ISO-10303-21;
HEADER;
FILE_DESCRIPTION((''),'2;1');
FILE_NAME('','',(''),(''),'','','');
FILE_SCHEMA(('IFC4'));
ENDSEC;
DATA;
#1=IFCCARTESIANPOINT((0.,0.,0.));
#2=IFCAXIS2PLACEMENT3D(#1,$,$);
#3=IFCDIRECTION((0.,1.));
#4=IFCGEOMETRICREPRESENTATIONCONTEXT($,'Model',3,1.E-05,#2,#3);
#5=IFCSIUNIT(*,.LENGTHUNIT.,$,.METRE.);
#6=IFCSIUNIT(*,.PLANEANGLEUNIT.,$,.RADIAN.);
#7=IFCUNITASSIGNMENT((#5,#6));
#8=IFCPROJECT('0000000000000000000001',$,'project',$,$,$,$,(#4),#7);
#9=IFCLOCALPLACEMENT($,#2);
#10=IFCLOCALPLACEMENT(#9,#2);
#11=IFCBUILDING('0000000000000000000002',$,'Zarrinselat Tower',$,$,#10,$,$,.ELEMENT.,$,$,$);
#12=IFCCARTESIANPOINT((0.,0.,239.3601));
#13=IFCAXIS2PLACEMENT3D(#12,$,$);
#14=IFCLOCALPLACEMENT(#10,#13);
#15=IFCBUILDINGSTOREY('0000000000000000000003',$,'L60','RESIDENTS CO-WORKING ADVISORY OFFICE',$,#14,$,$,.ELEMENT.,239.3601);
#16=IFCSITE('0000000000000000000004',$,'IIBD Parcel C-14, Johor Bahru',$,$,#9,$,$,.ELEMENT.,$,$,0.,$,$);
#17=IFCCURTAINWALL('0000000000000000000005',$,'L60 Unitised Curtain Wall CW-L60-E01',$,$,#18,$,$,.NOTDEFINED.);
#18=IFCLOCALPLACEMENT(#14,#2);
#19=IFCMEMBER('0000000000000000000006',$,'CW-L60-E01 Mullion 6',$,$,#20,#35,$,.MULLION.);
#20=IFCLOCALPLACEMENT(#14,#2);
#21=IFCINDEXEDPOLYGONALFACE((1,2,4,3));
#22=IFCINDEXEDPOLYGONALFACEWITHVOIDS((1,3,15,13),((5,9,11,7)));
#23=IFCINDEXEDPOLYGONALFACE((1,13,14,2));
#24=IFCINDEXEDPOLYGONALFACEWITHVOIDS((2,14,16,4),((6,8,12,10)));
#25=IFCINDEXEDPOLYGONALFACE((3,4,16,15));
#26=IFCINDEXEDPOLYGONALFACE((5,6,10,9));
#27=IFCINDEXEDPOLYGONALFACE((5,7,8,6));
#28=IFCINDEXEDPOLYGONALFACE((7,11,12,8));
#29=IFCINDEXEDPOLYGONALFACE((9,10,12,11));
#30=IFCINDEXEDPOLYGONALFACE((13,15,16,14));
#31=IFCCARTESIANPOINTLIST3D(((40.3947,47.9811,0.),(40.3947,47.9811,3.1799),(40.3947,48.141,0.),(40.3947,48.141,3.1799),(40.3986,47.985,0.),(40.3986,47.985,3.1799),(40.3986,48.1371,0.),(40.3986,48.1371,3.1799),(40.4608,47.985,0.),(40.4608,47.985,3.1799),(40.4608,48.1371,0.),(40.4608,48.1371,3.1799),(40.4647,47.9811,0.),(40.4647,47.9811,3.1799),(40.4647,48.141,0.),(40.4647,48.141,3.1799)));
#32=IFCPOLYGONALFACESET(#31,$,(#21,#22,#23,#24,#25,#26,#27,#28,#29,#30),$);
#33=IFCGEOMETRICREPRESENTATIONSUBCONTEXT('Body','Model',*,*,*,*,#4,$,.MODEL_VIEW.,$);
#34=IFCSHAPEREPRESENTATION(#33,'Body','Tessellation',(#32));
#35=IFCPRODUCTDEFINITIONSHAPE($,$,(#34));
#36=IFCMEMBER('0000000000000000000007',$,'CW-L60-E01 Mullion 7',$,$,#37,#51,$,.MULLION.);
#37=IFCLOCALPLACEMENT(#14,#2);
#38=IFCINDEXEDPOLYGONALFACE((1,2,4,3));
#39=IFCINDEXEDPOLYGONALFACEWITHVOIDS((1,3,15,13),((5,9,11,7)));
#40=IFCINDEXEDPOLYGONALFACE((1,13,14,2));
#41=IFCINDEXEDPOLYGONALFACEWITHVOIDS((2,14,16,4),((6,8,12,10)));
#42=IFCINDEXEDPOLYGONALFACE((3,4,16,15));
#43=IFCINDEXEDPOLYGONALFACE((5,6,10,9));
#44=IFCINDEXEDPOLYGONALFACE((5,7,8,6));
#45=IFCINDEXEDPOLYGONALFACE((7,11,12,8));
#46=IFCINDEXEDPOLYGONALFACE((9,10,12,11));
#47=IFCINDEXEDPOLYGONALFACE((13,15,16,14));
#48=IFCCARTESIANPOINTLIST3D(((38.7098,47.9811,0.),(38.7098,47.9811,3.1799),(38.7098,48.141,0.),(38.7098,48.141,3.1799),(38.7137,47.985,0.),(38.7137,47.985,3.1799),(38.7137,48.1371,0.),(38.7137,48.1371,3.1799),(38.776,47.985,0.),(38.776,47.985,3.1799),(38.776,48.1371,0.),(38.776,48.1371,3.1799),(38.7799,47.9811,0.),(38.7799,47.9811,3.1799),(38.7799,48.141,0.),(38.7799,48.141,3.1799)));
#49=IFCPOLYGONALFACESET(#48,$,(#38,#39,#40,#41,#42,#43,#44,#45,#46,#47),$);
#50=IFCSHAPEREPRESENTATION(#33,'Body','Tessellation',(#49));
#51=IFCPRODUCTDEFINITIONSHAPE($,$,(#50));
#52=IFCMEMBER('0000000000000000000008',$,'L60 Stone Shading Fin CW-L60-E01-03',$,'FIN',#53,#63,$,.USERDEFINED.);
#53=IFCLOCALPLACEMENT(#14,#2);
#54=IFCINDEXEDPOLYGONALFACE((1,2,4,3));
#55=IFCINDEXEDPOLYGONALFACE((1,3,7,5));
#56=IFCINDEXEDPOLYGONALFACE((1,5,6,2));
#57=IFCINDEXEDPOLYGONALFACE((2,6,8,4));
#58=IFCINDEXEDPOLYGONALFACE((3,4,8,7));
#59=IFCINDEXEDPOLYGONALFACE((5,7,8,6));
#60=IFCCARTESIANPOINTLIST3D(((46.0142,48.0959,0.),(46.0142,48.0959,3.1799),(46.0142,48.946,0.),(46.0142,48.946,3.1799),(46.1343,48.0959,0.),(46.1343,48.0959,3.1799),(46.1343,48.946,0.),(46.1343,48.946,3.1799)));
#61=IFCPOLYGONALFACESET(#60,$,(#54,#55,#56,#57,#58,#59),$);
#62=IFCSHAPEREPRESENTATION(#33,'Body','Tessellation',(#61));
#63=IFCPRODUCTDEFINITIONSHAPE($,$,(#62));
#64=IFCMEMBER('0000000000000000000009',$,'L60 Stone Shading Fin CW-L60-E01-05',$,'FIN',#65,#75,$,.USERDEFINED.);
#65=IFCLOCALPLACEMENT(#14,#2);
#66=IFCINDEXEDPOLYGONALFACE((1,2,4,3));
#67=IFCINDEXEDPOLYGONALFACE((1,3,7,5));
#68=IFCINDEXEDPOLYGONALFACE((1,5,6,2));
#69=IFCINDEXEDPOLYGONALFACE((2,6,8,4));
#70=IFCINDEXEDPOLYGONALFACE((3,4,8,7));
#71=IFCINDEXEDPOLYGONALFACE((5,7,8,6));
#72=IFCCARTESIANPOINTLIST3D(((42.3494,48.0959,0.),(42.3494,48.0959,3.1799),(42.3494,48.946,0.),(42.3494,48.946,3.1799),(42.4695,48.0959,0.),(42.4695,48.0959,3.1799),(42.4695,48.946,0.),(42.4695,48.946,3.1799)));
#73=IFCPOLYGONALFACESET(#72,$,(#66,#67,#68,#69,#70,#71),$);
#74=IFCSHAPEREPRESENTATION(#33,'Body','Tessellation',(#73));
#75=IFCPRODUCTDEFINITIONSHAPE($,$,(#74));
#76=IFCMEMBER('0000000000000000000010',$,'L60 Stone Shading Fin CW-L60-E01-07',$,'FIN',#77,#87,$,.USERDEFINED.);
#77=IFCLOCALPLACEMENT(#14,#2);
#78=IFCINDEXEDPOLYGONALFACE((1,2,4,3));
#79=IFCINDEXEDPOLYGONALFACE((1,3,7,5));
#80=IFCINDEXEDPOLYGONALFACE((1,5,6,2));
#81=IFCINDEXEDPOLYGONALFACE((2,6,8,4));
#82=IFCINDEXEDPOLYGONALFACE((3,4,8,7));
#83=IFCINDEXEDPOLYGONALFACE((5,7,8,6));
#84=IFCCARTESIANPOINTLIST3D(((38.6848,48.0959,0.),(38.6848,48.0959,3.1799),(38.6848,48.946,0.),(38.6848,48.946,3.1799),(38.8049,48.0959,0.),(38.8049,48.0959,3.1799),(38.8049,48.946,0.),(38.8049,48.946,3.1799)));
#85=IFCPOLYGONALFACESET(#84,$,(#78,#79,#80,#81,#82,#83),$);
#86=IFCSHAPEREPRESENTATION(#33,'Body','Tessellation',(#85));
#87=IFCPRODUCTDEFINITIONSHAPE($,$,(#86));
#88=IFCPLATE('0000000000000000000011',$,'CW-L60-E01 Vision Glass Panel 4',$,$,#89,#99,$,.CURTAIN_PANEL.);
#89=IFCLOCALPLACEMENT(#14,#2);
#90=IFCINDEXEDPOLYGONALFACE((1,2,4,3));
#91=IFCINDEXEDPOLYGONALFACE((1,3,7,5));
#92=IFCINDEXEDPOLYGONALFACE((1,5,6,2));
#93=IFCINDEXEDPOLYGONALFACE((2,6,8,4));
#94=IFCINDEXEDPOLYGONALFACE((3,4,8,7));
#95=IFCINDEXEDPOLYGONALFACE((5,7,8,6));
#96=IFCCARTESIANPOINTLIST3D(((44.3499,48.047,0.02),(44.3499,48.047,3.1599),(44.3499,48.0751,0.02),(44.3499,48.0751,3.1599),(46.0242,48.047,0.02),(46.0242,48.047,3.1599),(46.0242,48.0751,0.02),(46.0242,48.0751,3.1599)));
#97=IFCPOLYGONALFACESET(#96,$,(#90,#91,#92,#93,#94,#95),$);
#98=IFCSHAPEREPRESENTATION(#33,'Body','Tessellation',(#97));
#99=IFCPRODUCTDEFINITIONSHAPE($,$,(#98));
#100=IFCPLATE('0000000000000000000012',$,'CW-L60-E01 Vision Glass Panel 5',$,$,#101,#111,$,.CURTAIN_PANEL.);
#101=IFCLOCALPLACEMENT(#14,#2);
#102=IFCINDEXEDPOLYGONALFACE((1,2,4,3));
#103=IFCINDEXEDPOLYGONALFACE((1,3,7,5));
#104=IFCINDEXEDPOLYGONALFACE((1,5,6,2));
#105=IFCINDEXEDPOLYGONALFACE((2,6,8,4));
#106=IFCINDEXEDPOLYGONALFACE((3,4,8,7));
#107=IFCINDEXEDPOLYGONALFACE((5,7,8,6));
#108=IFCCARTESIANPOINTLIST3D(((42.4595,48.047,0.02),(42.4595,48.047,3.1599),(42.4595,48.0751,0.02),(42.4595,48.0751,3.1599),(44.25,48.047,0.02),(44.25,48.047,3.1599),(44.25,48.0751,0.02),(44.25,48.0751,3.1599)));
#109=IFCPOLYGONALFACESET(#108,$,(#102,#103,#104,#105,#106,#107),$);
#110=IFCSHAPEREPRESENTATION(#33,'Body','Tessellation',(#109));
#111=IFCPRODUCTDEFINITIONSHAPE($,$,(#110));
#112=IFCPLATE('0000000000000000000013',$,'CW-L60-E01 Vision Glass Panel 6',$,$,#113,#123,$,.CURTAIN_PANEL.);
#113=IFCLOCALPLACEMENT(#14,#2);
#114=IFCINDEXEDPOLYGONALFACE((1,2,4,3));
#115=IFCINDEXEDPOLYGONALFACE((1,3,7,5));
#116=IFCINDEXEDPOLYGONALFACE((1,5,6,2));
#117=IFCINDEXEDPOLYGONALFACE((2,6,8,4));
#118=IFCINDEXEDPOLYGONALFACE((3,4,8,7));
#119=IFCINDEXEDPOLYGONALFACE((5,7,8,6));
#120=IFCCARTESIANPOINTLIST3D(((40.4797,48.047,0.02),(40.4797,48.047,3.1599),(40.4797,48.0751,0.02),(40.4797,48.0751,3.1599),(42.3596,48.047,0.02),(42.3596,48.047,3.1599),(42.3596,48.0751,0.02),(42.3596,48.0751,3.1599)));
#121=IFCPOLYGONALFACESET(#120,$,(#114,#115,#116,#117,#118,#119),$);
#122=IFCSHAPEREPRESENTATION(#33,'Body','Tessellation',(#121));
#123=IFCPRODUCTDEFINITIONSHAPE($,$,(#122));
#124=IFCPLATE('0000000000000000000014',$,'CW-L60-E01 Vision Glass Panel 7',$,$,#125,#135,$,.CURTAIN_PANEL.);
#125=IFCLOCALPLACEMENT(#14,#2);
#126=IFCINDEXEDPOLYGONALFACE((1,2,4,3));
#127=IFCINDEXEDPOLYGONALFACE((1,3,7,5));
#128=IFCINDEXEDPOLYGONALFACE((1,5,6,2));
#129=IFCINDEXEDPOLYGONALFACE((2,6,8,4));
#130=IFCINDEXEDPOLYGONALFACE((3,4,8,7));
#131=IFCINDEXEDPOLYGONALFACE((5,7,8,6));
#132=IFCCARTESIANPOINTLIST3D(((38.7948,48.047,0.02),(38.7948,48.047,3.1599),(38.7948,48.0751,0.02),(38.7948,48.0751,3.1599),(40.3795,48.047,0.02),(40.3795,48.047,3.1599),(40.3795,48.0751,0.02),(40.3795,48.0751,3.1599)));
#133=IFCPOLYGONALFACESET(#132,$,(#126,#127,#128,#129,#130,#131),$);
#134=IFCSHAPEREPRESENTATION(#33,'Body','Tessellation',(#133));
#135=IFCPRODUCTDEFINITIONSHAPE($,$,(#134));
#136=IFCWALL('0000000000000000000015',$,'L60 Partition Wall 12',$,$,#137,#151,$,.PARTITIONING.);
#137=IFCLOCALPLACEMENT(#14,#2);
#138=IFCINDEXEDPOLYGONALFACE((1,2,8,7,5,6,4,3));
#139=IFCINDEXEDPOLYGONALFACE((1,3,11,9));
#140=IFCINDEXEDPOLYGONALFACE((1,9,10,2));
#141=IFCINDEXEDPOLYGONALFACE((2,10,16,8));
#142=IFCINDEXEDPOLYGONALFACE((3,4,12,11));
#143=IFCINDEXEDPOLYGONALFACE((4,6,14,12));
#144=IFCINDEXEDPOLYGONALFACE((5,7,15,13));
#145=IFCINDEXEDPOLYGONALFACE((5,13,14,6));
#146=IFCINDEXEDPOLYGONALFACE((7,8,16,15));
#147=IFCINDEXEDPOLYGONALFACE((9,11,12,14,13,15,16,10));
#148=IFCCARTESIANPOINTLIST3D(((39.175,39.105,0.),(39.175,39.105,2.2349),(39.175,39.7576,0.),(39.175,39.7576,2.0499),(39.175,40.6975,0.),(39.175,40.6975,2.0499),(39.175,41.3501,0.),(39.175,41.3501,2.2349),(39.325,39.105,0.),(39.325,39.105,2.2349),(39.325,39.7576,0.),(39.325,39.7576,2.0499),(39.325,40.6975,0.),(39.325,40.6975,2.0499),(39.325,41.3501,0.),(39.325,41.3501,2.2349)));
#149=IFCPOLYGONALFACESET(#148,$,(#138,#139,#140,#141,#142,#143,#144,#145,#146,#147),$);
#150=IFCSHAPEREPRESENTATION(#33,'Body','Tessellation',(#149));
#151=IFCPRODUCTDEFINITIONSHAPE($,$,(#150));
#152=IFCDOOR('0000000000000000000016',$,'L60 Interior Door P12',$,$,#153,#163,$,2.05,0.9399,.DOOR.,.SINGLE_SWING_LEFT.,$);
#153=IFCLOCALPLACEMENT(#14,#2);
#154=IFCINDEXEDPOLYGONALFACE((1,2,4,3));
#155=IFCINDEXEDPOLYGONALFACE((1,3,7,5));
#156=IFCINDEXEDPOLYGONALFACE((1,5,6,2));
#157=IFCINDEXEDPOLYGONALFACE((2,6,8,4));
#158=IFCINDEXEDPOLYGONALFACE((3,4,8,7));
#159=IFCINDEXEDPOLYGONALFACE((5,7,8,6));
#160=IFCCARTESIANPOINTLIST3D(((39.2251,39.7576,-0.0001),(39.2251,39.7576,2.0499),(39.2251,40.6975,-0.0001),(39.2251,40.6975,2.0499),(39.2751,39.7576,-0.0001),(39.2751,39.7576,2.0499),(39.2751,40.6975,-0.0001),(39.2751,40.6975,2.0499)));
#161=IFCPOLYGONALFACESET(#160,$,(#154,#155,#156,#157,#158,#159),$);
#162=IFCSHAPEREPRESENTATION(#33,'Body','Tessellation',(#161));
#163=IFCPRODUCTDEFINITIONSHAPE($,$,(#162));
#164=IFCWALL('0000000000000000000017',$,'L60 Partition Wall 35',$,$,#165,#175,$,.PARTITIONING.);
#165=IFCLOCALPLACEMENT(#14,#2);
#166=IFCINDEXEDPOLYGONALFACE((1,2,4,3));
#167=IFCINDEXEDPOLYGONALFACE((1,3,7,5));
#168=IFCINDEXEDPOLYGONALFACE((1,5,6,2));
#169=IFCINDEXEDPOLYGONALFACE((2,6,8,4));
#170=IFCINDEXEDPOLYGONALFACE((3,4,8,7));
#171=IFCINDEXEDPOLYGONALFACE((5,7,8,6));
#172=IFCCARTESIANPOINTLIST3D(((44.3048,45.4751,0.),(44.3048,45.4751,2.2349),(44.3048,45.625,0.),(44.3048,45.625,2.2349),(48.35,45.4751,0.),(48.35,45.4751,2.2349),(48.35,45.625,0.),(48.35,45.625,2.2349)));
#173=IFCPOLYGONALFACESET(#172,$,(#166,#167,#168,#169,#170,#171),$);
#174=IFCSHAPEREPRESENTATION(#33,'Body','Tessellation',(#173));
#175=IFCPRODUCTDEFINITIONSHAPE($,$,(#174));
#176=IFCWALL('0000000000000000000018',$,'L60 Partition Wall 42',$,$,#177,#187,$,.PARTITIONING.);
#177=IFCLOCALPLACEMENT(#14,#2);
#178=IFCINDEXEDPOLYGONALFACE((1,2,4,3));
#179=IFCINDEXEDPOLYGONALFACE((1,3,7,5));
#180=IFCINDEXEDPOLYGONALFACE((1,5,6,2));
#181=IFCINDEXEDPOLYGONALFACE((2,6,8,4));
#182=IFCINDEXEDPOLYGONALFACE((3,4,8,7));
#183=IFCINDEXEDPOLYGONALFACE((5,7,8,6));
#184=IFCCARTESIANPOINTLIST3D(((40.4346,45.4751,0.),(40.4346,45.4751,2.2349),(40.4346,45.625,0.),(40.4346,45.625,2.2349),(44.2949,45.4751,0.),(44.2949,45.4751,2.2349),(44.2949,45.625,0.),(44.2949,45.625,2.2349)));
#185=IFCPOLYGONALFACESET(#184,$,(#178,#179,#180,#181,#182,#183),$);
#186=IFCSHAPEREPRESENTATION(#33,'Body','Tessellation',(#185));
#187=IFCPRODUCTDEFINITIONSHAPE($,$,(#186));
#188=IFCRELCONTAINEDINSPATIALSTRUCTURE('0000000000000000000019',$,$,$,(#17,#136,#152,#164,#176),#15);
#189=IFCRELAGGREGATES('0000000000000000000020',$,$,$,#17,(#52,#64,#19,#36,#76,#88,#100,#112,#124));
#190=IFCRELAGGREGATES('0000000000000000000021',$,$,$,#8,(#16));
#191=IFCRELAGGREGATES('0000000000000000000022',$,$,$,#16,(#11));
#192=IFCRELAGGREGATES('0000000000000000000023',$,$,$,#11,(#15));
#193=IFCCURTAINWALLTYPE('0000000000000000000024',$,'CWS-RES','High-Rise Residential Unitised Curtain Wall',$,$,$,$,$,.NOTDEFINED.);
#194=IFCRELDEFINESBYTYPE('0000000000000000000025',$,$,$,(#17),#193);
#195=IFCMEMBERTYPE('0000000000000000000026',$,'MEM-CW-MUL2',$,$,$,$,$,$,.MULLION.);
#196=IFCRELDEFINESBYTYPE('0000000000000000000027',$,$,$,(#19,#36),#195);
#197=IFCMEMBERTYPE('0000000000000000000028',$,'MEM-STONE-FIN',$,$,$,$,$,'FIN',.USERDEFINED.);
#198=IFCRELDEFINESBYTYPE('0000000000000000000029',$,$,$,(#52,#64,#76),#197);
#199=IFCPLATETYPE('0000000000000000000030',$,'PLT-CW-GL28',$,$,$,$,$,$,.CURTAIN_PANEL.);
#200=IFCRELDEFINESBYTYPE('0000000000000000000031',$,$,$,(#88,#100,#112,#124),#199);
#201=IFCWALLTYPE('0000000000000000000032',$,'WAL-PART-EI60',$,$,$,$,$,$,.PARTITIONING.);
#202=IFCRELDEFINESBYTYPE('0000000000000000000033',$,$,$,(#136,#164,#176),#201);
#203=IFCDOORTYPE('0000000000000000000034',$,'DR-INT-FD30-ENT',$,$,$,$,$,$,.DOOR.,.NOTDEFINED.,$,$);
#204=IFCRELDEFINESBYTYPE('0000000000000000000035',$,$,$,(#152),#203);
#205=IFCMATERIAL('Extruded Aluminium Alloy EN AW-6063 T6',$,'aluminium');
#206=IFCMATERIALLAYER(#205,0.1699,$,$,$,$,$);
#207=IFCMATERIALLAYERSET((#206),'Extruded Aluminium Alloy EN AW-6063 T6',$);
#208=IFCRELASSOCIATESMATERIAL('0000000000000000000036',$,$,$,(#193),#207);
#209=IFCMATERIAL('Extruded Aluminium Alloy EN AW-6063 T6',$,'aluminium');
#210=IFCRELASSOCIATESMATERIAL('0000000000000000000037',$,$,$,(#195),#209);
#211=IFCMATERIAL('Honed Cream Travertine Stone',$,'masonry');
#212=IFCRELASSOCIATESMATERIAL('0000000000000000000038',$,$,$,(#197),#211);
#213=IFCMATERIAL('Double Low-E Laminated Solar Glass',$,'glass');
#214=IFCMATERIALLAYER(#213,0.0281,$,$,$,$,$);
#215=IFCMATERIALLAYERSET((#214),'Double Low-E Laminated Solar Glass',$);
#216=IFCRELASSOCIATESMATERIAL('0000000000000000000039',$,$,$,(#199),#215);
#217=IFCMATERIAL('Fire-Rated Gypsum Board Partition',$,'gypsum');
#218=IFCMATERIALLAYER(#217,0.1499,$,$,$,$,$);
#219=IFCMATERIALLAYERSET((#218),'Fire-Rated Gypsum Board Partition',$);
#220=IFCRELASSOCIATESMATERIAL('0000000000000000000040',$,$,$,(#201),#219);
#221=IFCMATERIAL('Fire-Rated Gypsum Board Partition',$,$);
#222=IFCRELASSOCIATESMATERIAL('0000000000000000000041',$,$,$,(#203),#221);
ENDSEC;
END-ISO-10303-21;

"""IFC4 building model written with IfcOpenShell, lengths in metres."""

from ifc_helpers import new_model, si_unit, direction, frame, frame_2d, origin, origin_2d, place, context, subcontext, project, spatial, rectangle, hollow_rectangle, extrude, material, layer, layer_set, material_profile, profile_set, type_object, element, fill, aggregate, save


model = new_model("IFC4")

# Units and contexts
model_context = context("Model", 3, precision=1e-05, world=origin(), true_north=direction((0.0, 1.0)))
body_context = subcontext(model_context, "Body", "Model", "MODEL_VIEW")
ifc_project = project(units=[si_unit("LENGTHUNIT", "METRE"), si_unit("PLANEANGLEUNIT", "RADIAN")], contexts=[model_context])

# Site, building, storey
site_placement = place(None, origin())
site = spatial("IfcSite", under=ifc_project, at=site_placement, Name="IIBD Parcel C-14, Johor Bahru", CompositionType="ELEMENT", RefElevation=0.0)
building_placement = place(site_placement, origin())
building = spatial("IfcBuilding", under=site, at=building_placement, Name="Zarrinselat Tower", CompositionType="ELEMENT")
storey_placement = place(building_placement, frame((0.0, 0.0, 239.3601)))
storey = spatial("IfcBuildingStorey", under=building, at=storey_placement, Name="L60", Description="RESIDENTS CO-WORKING ADVISORY OFFICE", CompositionType="ELEMENT", Elevation=239.3601)

# Curtain wall, members, plates
ifc_material_1 = material(Name="Extruded Aluminium Alloy EN AW-6063 T6", Category="aluminium")
ifc_layer_1 = layer(ifc_material_1, 0.1699)
ifc_layer_set_1 = layer_set([ifc_layer_1], Name="Extruded Aluminium Alloy EN AW-6063 T6")
curtain_wall_type = type_object("IfcCurtainWallType", Name="CWS-RES", Description="High-Rise Residential Unitised Curtain Wall", PredefinedType="NOTDEFINED", material=ifc_layer_set_1)
curtain_wall_placement = place(storey_placement, origin())
curtain_wall = element("IfcCurtainWall", 1, at=curtain_wall_placement, inside=storey, type_object=curtain_wall_type, Name="L60 Unitised Curtain Wall CW-L60-E01", PredefinedType="NOTDEFINED")
ifc_material_2 = material(Name="Extruded Aluminium Alloy EN AW-6063 T6", Category="aluminium")
ifc_material_profile_1 = material_profile(ifc_material_2, hollow_rectangle(XDim=0.0701, YDim=0.1599, WallThickness=0.0039, at=origin_2d()), Name="RHS 160x70x4")
ifc_profile_set_1 = profile_set([ifc_material_profile_1], Name="Extruded Aluminium Alloy EN AW-6063 T6")
member_type_1 = type_object("IfcMemberType", Name="MEM-CW-MUL2", PredefinedType="MULLION", material=ifc_profile_set_1)
member_1_placement = place(storey_placement, frame((40.4297, 48.061, 0.0), z_axis=(0.0, 0.0, 1.0), x_axis=(-1.0, 0.0, 0.0)))
member_1 = element("IfcMember", 2, at=member_1_placement, type_object=member_type_1, Name="CW-L60-E01 Mullion 6", PredefinedType="MULLION", context=body_context, shape_type="SweptSolid", body=[
    extrude(hollow_rectangle(XDim=0.0701, YDim=0.1599, WallThickness=0.0039, at=origin_2d()), origin(), (0.0, 0.0, 1.0), 3.1799),
])
member_2_placement = place(storey_placement, frame((38.7449, 48.061, 0.0), z_axis=(0.0, 0.0, 1.0), x_axis=(-1.0, 0.0, 0.0)))
member_2 = element("IfcMember", 3, at=member_2_placement, type_object=member_type_1, Name="CW-L60-E01 Mullion 7", PredefinedType="MULLION", context=body_context, shape_type="SweptSolid", body=[
    extrude(hollow_rectangle(XDim=0.0701, YDim=0.1599, WallThickness=0.0039, at=origin_2d()), origin(), (0.0, 0.0, 1.0), 3.1799),
])
ifc_material_3 = material(Name="Honed Cream Travertine Stone", Category="masonry")
ifc_material_profile_2 = material_profile(ifc_material_3, rectangle(XDim=0.1201, YDim=0.8501, at=origin_2d()), Name="FIN 850x120")
ifc_profile_set_2 = profile_set([ifc_material_profile_2], Name="Honed Cream Travertine Stone")
member_type_2 = type_object("IfcMemberType", Name="MEM-STONE-FIN", ElementType="FIN", PredefinedType="USERDEFINED", material=ifc_profile_set_2)
member_3_placement = place(storey_placement, frame((46.0742, 48.521, 0.0), z_axis=(0.0, 0.0, 1.0), x_axis=(1.0, 0.0, 0.0)))
member_3 = element("IfcMember", 4, at=member_3_placement, type_object=member_type_2, Name="L60 Stone Shading Fin CW-L60-E01-03", ObjectType="FIN", PredefinedType="USERDEFINED", context=body_context, shape_type="SweptSolid", body=[
    extrude(rectangle(XDim=0.1201, YDim=0.8501, at=origin_2d()), origin(), (0.0, 0.0, 1.0), 3.1799),
])
member_4_placement = place(storey_placement, frame((42.4094, 48.521, 0.0), z_axis=(0.0, 0.0, 1.0), x_axis=(1.0, 0.0, 0.0)))
member_4 = element("IfcMember", 5, at=member_4_placement, type_object=member_type_2, Name="L60 Stone Shading Fin CW-L60-E01-05", ObjectType="FIN", PredefinedType="USERDEFINED", context=body_context, shape_type="SweptSolid", body=[
    extrude(rectangle(XDim=0.1201, YDim=0.8501, at=origin_2d()), origin(), (0.0, 0.0, 1.0), 3.1799),
])
member_5_placement = place(storey_placement, frame((38.7449, 48.521, 0.0), z_axis=(0.0, 0.0, 1.0), x_axis=(1.0, 0.0, 0.0)))
member_5 = element("IfcMember", 6, at=member_5_placement, type_object=member_type_2, Name="L60 Stone Shading Fin CW-L60-E01-07", ObjectType="FIN", PredefinedType="USERDEFINED", context=body_context, shape_type="SweptSolid", body=[
    extrude(rectangle(XDim=0.1201, YDim=0.8501, at=origin_2d()), origin(), (0.0, 0.0, 1.0), 3.1799),
])
ifc_material_4 = material(Name="Double Low-E Laminated Solar Glass", Category="glass")
ifc_layer_2 = layer(ifc_material_4, 0.0281)
ifc_layer_set_2 = layer_set([ifc_layer_2], Name="Double Low-E Laminated Solar Glass")
plate_type = type_object("IfcPlateType", Name="PLT-CW-GL28", PredefinedType="CURTAIN_PANEL", material=ifc_layer_set_2)
plate_1_placement = place(storey_placement, frame((45.187, 48.061, 0.02), z_axis=(0.0, 0.0, 1.0), x_axis=(-1.0, 0.0, 0.0)))
plate_1 = element("IfcPlate", 7, at=plate_1_placement, type_object=plate_type, Name="CW-L60-E01 Vision Glass Panel 4", PredefinedType="CURTAIN_PANEL", context=body_context, shape_type="SweptSolid", body=[
    extrude(rectangle(XDim=1.6743, YDim=0.0281, at=origin_2d()), origin(), (0.0, 0.0, 1.0), 3.1399),
])
plate_2_placement = place(storey_placement, frame((43.3547, 48.061, 0.02), z_axis=(0.0, 0.0, 1.0), x_axis=(-1.0, 0.0, 0.0)))
plate_2 = element("IfcPlate", 8, at=plate_2_placement, type_object=plate_type, Name="CW-L60-E01 Vision Glass Panel 5", PredefinedType="CURTAIN_PANEL", context=body_context, shape_type="SweptSolid", body=[
    extrude(rectangle(XDim=1.7905, YDim=0.0281, at=origin_2d()), origin(), (0.0, 0.0, 1.0), 3.1399),
])
plate_3_placement = place(storey_placement, frame((41.4197, 48.061, 0.02), z_axis=(0.0, 0.0, 1.0), x_axis=(-1.0, 0.0, 0.0)))
plate_3 = element("IfcPlate", 9, at=plate_3_placement, type_object=plate_type, Name="CW-L60-E01 Vision Glass Panel 6", PredefinedType="CURTAIN_PANEL", context=body_context, shape_type="SweptSolid", body=[
    extrude(rectangle(XDim=1.8799, YDim=0.0281, at=origin_2d()), origin(), (0.0, 0.0, 1.0), 3.1399),
])
plate_4_placement = place(storey_placement, frame((39.5872, 48.061, 0.02), z_axis=(0.0, 0.0, 1.0), x_axis=(-1.0, 0.0, 0.0)))
plate_4 = element("IfcPlate", 10, at=plate_4_placement, type_object=plate_type, Name="CW-L60-E01 Vision Glass Panel 7", PredefinedType="CURTAIN_PANEL", context=body_context, shape_type="SweptSolid", body=[
    extrude(rectangle(XDim=1.5847, YDim=0.0281, at=origin_2d()), origin(), (0.0, 0.0, 1.0), 3.1399),
])
aggregate(curtain_wall, [member_3, member_4, member_1, member_2, member_5, plate_1, plate_2, plate_3, plate_4])

# Wall, opening, door
ifc_material_5 = material(Name="Fire-Rated Gypsum Board Partition", Category="gypsum")
ifc_layer_3 = layer(ifc_material_5, 0.1499)
ifc_layer_set_3 = layer_set([ifc_layer_3], Name="Fire-Rated Gypsum Board Partition")
wall_type_1 = type_object("IfcWallType", Name="WAL-PART-EI60", PredefinedType="PARTITIONING", material=ifc_layer_set_3)
wall_1_placement = place(storey_placement, frame((39.25, 39.105, 0.0), z_axis=(0.0, 0.0, 1.0), x_axis=(0.0, 1.0, 0.0)))
wall_1 = element("IfcWall", 11, at=wall_1_placement, inside=storey, type_object=wall_type_1, Name="L60 Partition Wall 12", PredefinedType="PARTITIONING", context=body_context, shape_type="SweptSolid", body=[
    extrude(rectangle(XDim=2.2451, YDim=0.1499, at=frame_2d((1.1226, 0.0))), origin(), (0.0, 0.0, 1.0), 2.2349),
])
opening_1_placement = place(wall_1_placement, frame((0.6526, 0.0, 0.0)))
opening_1 = element("IfcOpeningElement", 12, at=opening_1_placement, cuts=wall_1, PredefinedType="OPENING", context=body_context, shape_type="SweptSolid", body=[
    extrude(rectangle(XDim=0.9399, YDim=2.05, at=frame_2d((0.47, 1.0249))), frame((0.0, 0.085, 0.0), z_axis=(0.0, -1.0, 0.0), x_axis=(1.0, 0.0, 0.0)), (0.0, 0.0, 1.0), 0.1699),
])
ifc_material_6 = material(Name="Fire-Rated Gypsum Board Partition")
door_type_1 = type_object("IfcDoorType", Name="DR-INT-FD30-ENT", OperationType="NOTDEFINED", PredefinedType="DOOR", material=ifc_material_6)
door_1_placement = place(opening_1_placement, origin())
door_1 = element("IfcDoor", 13, at=door_1_placement, inside=storey, type_object=door_type_1, Name="L60 Interior Door P12", OperationType="SINGLE_SWING_LEFT", OverallHeight=2.05, OverallWidth=0.9399, PredefinedType="DOOR", context=body_context, shape_type="SweptSolid", body=[
    extrude(rectangle(XDim=0.9399, YDim=2.05, at=frame_2d((0.47, 1.0249))), frame((0.0, 0.0249, 0.0), z_axis=(0.0, -1.0, 0.0), x_axis=(1.0, 0.0, 0.0)), (0.0, 0.0, 1.0), 0.05),
])
fill(opening_1, door_1)

# Walls
wall_2_placement = place(storey_placement, frame((44.3049, 45.55, 0.0), z_axis=(0.0, 0.0, 1.0), x_axis=(1.0, 0.0, 0.0)))
element("IfcWall", 14, at=wall_2_placement, inside=storey, type_object=wall_type_1, Name="L60 Partition Wall 35", PredefinedType="PARTITIONING", context=body_context, shape_type="SweptSolid", body=[
    extrude(rectangle(XDim=4.0452, YDim=0.1499, at=frame_2d((2.0225, 0.0))), origin(), (0.0, 0.0, 1.0), 2.2349),
])
wall_3_placement = place(storey_placement, frame((40.4346, 45.55, 0.0), z_axis=(0.0, 0.0, 1.0), x_axis=(1.0, 0.0, 0.0)))
element("IfcWall", 15, at=wall_3_placement, inside=storey, type_object=wall_type_1, Name="L60 Partition Wall 42", PredefinedType="PARTITIONING", context=body_context, shape_type="SweptSolid", body=[
    extrude(rectangle(XDim=3.8604, YDim=0.1499, at=frame_2d((1.9302, 0.0))), origin(), (0.0, 0.0, 1.0), 2.2349),
])

save(model, "model.ifc")
